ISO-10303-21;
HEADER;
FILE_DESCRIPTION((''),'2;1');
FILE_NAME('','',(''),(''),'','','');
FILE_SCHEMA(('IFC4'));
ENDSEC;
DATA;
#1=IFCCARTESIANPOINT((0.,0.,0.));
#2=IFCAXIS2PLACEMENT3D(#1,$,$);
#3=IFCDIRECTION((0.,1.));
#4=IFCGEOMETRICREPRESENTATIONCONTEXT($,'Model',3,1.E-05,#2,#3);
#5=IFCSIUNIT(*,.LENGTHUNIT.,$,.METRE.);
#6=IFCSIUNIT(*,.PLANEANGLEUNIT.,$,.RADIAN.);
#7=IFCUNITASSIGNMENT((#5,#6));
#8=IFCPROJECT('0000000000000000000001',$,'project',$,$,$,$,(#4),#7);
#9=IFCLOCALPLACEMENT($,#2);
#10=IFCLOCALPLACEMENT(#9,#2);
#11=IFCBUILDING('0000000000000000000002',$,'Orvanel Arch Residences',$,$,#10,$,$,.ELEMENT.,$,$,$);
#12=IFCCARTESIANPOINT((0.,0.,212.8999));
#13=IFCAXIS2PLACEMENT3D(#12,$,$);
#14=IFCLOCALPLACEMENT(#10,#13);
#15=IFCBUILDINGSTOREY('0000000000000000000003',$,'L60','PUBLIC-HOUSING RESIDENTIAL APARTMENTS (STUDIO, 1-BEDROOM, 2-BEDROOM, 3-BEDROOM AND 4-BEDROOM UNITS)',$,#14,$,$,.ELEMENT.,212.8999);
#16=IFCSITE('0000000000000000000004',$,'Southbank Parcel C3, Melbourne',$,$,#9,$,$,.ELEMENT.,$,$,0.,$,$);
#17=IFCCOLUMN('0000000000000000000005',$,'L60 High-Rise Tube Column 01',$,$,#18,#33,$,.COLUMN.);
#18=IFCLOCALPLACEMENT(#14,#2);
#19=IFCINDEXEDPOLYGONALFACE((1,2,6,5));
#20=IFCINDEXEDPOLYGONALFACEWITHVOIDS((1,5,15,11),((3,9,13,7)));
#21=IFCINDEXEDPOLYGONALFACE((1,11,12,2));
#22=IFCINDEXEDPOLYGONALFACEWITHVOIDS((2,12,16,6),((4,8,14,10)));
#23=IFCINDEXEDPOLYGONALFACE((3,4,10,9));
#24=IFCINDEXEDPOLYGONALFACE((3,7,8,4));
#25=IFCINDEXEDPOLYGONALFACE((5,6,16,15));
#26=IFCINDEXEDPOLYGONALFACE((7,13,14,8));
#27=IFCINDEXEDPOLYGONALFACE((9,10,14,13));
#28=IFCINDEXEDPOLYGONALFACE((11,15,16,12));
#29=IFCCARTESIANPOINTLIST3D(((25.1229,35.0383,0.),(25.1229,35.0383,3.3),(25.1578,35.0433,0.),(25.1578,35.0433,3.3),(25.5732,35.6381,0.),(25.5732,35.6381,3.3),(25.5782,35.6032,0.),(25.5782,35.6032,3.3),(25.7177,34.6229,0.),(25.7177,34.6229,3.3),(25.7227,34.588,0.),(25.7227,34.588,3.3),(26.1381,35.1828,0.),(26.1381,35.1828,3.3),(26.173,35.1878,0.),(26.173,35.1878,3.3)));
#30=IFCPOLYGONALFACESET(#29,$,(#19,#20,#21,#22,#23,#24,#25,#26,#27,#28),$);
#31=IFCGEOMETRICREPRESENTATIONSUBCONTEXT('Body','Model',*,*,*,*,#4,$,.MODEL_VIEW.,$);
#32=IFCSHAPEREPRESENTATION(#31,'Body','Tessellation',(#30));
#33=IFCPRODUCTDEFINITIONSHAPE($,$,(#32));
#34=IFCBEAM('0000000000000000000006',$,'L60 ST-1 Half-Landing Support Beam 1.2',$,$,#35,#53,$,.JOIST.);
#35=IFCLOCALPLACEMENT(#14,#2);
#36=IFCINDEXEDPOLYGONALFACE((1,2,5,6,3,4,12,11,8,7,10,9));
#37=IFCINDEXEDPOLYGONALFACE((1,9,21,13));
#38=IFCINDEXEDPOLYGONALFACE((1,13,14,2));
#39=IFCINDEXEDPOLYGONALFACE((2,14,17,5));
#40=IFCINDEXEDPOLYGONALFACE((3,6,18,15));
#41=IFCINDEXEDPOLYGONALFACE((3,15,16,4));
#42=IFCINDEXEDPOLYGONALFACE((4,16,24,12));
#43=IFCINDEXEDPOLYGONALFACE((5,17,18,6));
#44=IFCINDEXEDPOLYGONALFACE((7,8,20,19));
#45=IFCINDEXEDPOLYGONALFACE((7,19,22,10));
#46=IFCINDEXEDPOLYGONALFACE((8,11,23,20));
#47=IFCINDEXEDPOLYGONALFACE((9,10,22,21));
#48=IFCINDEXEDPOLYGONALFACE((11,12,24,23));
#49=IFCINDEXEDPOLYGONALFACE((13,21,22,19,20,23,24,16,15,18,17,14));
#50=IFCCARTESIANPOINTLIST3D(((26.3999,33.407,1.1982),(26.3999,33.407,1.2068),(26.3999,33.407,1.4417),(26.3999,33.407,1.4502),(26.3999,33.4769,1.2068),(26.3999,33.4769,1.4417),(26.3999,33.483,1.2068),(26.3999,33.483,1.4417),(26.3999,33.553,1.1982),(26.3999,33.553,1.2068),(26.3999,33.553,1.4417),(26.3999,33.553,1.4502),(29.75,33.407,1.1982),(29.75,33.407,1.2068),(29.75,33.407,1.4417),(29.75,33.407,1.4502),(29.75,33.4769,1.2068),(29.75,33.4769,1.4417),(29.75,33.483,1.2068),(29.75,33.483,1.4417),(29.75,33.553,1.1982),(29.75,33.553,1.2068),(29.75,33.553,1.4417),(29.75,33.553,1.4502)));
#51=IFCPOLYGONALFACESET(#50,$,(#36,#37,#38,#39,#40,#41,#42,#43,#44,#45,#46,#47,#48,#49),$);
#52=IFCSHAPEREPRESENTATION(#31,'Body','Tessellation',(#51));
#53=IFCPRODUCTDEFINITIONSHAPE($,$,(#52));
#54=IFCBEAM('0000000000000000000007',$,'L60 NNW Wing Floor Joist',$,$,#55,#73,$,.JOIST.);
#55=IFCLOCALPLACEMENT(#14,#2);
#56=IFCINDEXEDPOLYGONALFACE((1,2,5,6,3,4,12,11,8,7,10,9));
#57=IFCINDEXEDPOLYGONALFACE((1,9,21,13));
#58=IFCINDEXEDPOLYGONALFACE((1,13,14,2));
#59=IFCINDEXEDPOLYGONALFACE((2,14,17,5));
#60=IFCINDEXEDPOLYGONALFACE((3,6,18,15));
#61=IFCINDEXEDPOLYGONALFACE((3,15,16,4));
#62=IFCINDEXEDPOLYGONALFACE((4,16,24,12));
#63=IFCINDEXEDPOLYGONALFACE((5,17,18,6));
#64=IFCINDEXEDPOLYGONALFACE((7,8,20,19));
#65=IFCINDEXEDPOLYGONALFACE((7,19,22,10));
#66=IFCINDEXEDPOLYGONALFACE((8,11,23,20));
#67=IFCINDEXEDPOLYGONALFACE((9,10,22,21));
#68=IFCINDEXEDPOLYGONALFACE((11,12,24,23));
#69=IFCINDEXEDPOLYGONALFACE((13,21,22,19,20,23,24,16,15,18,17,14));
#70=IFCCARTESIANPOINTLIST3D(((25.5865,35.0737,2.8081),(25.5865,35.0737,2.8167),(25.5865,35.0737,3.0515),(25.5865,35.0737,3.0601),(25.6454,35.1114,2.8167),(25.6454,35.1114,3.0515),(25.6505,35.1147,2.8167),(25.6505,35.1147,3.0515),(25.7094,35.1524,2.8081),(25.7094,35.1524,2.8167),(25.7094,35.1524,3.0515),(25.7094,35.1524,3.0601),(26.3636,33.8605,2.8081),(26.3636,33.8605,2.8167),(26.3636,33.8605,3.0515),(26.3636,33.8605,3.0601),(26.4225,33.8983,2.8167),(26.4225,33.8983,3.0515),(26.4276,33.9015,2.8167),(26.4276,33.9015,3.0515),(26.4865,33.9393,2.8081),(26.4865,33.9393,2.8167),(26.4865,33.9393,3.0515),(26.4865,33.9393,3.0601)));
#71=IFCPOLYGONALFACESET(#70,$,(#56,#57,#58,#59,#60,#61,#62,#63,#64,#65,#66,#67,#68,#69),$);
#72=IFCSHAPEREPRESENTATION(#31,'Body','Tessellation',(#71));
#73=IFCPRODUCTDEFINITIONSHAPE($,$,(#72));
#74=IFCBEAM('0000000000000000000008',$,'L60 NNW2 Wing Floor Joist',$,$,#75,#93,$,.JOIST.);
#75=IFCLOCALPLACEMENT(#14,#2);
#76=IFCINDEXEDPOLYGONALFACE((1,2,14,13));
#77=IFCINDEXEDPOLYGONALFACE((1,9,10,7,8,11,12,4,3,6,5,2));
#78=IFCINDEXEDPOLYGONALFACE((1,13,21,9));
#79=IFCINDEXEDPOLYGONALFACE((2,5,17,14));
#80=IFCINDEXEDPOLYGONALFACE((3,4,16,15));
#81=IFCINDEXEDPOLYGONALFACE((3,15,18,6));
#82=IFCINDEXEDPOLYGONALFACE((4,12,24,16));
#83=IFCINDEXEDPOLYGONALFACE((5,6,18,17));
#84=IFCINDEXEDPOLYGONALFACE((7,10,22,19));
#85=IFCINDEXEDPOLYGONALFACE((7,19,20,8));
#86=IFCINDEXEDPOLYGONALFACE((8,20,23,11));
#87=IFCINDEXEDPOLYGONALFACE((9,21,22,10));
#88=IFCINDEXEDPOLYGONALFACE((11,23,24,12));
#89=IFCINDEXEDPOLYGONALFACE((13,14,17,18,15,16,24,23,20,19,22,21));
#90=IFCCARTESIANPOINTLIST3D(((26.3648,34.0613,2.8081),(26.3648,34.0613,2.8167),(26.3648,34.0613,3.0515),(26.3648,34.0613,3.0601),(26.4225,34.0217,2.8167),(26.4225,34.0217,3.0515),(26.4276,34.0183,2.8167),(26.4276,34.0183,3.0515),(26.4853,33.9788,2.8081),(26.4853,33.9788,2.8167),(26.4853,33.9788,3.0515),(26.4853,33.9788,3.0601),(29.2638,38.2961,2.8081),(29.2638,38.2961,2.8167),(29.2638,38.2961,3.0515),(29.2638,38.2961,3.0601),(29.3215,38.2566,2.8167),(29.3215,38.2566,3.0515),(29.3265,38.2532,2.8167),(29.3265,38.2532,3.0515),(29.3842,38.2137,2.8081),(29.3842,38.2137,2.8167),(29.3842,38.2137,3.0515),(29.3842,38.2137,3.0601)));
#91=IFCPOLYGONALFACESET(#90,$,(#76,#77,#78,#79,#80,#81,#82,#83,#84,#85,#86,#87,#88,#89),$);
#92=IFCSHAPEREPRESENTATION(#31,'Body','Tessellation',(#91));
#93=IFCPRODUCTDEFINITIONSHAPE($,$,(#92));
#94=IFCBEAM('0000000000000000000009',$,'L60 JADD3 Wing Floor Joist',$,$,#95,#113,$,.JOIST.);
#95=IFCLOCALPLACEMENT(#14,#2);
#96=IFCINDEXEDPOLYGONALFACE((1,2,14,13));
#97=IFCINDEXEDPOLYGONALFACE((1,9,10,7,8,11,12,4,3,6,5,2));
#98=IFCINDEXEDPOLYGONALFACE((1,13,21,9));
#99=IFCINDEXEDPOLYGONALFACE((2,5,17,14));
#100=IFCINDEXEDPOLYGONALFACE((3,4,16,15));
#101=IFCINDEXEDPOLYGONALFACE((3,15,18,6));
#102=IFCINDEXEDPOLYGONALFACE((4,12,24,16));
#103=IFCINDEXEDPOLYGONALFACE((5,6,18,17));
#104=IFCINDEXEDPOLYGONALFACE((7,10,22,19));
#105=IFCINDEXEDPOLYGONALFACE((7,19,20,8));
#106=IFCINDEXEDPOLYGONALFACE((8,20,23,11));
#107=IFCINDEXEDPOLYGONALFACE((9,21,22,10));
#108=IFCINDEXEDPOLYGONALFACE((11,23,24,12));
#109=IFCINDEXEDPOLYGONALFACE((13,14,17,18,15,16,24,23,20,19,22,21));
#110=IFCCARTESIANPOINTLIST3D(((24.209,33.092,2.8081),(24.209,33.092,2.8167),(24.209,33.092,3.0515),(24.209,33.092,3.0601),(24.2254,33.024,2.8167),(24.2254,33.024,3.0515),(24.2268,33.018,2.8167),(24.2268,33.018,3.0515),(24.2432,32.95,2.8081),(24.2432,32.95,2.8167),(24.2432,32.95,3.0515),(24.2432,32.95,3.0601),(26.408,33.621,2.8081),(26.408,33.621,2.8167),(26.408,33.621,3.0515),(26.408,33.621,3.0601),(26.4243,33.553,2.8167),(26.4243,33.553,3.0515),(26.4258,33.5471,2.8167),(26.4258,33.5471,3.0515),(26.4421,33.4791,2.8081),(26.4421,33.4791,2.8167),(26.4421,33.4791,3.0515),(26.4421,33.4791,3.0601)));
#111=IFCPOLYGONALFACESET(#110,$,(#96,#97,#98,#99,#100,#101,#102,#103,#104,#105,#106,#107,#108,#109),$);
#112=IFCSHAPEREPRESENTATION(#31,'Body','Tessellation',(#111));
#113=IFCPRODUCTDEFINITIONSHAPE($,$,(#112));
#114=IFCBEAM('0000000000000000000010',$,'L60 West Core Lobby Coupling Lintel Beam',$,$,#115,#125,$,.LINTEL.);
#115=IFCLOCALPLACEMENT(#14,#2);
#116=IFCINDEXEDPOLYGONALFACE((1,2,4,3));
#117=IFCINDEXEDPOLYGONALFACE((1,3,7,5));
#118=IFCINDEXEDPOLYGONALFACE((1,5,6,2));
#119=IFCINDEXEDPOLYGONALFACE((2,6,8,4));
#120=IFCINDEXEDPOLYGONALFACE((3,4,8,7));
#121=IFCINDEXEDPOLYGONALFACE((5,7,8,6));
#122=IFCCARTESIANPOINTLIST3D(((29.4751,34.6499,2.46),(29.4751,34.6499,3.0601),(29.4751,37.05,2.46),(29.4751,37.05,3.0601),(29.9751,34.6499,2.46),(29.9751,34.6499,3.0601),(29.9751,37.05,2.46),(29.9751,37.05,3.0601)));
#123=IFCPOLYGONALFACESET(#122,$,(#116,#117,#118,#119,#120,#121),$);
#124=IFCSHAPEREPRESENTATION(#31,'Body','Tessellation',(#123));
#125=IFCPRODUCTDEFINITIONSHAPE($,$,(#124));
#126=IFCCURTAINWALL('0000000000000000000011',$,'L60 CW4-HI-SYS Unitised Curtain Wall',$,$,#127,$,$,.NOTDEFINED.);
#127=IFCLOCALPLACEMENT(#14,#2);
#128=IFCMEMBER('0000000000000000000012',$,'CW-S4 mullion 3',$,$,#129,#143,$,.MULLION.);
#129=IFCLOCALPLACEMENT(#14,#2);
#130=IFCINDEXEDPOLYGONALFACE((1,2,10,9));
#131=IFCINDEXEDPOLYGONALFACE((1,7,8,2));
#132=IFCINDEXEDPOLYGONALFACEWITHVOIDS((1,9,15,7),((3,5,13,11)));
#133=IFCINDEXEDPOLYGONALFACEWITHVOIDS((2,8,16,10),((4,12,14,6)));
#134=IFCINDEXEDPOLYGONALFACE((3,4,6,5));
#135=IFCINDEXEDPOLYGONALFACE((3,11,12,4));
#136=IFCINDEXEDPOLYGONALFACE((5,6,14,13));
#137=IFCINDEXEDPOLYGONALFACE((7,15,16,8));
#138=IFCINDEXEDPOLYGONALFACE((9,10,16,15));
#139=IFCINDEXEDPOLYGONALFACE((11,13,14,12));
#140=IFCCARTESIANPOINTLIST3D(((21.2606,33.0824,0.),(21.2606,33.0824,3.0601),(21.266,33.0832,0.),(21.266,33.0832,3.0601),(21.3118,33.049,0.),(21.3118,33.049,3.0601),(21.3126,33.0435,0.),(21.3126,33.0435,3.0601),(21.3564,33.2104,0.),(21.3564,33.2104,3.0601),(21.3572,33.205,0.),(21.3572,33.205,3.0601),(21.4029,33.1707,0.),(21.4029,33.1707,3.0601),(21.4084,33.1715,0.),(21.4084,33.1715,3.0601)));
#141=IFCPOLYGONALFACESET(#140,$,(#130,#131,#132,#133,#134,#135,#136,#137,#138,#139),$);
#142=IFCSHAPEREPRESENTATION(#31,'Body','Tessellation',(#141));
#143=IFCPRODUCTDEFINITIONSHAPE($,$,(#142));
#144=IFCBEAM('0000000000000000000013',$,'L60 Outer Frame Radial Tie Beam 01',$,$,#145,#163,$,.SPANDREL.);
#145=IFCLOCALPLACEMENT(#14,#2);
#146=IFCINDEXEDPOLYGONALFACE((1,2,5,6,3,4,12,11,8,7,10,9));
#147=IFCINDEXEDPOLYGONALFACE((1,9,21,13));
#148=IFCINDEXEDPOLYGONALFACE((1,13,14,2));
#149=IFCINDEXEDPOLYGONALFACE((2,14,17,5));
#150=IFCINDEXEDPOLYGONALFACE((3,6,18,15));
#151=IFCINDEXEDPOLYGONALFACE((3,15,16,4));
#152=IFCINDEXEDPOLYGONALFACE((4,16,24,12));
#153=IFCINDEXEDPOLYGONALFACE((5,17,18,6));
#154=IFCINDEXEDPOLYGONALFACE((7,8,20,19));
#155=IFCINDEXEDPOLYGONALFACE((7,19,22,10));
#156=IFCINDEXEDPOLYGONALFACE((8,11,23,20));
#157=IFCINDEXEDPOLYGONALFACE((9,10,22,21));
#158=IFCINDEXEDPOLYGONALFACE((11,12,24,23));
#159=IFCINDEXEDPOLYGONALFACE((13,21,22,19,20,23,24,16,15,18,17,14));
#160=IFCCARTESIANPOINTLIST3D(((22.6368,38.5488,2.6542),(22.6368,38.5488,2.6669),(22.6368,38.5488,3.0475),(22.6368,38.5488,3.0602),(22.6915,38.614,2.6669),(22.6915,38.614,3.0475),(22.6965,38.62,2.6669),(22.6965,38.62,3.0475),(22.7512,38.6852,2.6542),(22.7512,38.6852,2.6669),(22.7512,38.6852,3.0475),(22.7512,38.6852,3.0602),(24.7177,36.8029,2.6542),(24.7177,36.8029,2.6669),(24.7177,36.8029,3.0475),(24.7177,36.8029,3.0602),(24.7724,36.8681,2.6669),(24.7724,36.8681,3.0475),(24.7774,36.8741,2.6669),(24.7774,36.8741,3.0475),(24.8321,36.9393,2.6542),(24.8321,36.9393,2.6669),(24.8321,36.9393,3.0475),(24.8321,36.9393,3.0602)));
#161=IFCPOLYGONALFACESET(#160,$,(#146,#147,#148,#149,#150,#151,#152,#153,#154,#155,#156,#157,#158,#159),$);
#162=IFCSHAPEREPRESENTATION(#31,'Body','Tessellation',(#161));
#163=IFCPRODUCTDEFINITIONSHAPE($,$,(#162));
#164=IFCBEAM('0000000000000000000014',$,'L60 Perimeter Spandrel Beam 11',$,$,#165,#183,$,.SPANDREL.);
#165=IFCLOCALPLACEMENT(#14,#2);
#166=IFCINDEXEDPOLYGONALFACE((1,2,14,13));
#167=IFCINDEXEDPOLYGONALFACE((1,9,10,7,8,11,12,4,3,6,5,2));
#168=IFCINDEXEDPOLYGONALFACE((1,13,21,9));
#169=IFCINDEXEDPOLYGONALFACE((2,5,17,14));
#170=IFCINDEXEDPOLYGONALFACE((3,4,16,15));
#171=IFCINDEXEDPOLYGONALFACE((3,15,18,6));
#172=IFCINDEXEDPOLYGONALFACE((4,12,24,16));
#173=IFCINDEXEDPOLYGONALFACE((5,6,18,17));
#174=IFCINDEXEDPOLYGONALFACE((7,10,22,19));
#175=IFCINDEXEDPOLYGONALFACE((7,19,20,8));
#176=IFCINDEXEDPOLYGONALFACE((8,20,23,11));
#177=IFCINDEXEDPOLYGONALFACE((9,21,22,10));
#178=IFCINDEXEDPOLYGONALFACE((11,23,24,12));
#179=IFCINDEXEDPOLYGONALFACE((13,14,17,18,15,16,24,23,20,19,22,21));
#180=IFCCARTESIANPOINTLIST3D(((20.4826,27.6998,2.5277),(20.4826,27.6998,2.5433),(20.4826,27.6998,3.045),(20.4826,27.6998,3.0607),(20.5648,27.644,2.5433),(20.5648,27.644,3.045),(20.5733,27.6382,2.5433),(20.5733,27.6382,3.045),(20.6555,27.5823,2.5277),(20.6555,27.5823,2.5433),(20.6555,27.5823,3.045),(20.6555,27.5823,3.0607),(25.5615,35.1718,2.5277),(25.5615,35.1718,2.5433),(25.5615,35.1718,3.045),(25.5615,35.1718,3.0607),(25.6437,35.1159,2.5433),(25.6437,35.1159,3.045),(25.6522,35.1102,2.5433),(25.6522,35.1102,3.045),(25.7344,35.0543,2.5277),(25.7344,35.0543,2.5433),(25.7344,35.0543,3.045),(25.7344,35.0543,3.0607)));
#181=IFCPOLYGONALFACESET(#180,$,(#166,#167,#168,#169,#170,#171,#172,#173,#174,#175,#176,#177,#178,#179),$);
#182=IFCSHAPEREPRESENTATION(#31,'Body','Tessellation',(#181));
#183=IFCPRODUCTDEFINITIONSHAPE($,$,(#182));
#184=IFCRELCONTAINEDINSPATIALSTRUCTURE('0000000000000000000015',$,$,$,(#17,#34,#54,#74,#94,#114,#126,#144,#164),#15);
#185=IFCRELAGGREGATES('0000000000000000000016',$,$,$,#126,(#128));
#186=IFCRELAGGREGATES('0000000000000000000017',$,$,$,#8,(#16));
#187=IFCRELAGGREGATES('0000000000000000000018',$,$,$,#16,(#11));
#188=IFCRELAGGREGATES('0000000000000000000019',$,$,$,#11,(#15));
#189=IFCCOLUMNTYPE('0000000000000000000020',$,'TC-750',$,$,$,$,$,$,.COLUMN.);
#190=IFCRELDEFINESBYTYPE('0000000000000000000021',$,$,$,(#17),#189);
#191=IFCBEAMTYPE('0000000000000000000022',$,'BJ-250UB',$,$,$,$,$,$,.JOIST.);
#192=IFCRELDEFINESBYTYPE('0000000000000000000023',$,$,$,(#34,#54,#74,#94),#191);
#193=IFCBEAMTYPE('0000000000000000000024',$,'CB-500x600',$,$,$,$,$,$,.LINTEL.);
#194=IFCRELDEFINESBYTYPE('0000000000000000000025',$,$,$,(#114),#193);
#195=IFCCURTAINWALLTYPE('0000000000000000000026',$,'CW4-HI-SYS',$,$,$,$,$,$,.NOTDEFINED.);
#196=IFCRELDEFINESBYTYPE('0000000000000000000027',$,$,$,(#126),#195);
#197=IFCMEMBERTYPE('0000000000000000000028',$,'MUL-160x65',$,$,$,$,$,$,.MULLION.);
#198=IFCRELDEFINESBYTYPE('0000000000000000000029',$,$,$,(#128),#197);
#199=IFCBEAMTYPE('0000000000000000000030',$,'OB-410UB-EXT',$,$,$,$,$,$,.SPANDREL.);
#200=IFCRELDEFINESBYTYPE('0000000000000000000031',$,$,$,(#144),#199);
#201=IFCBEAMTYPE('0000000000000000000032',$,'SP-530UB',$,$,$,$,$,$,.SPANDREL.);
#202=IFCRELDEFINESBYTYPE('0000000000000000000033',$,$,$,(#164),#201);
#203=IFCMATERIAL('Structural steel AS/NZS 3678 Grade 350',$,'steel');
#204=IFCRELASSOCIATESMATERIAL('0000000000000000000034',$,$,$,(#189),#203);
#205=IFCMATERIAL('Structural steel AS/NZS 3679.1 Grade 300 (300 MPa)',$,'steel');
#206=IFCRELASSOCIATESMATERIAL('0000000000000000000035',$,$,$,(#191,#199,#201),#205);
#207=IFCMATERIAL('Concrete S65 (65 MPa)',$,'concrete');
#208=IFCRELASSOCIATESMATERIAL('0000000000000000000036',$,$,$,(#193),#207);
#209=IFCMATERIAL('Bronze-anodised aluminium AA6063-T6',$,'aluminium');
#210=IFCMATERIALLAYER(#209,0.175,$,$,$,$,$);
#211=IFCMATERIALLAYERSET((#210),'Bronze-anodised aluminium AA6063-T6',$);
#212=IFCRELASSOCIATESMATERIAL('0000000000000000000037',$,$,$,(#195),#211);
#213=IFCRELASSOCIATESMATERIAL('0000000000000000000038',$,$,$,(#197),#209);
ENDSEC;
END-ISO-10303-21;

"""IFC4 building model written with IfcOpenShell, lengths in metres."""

from ifc_helpers import new_model, si_unit, direction, frame, origin, origin_2d, place, context, subcontext, project, spatial, rectangle, hollow_rectangle, i_section, extrude, material, layer, layer_set, material_profile, profile_set, type_object, element, aggregate, save


model = new_model("IFC4")

# Units and contexts
model_context = context("Model", 3, precision=1e-05, world=origin(), true_north=direction((0.0, 1.0)))
body_context = subcontext(model_context, "Body", "Model", "MODEL_VIEW")
ifc_project = project(units=[si_unit("LENGTHUNIT", "METRE"), si_unit("PLANEANGLEUNIT", "RADIAN")], contexts=[model_context])

# Site, building, storey
site_placement = place(None, origin())
site = spatial("IfcSite", under=ifc_project, at=site_placement, Name="Southbank Parcel C3, Melbourne", CompositionType="ELEMENT", RefElevation=0.0)
building_placement = place(site_placement, origin())
building = spatial("IfcBuilding", under=site, at=building_placement, Name="Orvanel Arch Residences", CompositionType="ELEMENT")
storey_placement = place(building_placement, frame((0.0, 0.0, 212.8999)))
storey = spatial("IfcBuildingStorey", under=building, at=storey_placement, Name="L60", Description="PUBLIC-HOUSING RESIDENTIAL APARTMENTS (STUDIO, 1-BEDROOM, 2-BEDROOM, 3-BEDROOM AND 4-BEDROOM UNITS)", CompositionType="ELEMENT", Elevation=212.8999)

# Column
ifc_material_1 = material(Name="Structural steel AS/NZS 3678 Grade 350", Category="steel")
ifc_material_profile_1 = material_profile(ifc_material_1, hollow_rectangle(XDim=0.75, YDim=0.75, WallThickness=0.0249, at=origin_2d()), Name="BOX750x750x25")
ifc_profile_set_1 = profile_set([ifc_material_profile_1], Name="Structural steel AS/NZS 3678 Grade 350")
column_type = type_object("IfcColumnType", Name="TC-750", PredefinedType="COLUMN", material=ifc_profile_set_1)
column_placement = place(storey_placement, frame((25.6479, 35.113, 0.0), z_axis=(0.0, 0.0, 1.0), x_axis=(0.60042, 0.799685, 0.0)))
element("IfcColumn", 1, at=column_placement, inside=storey, type_object=column_type, Name="L60 High-Rise Tube Column 01", PredefinedType="COLUMN", context=body_context, shape_type="SweptSolid", body=[
    extrude(hollow_rectangle(XDim=0.75, YDim=0.75, WallThickness=0.0249, at=origin_2d()), origin(), (0.0, 0.0, 1.0), 3.3),
])

# Beams
ifc_material_2 = material(Name="Structural steel AS/NZS 3679.1 Grade 300 (300 MPa)", Category="steel")
ifc_material_profile_2 = material_profile(ifc_material_2, i_section(OverallWidth=0.146, OverallDepth=0.252, WebThickness=0.0061, FlangeThickness=0.0085, at=origin_2d()), Name="250UB31.4")
ifc_profile_set_2 = profile_set([ifc_material_profile_2], Name="Structural steel AS/NZS 3679.1 Grade 300 (300 MPa)")
beam_type_1 = type_object("IfcBeamType", Name="BJ-250UB", PredefinedType="JOIST", material=ifc_profile_set_2)
beam_1_placement = place(storey_placement, frame((26.3999, 33.48, 1.3242), z_axis=(1.0, 0.0, 0.0), x_axis=(0.0, 1.0, 0.0)))
element("IfcBeam", 2, at=beam_1_placement, inside=storey, type_object=beam_type_1, Name="L60 ST-1 Half-Landing Support Beam 1.2", PredefinedType="JOIST", context=body_context, shape_type="SweptSolid", body=[
    extrude(i_section(OverallWidth=0.146, OverallDepth=0.252, WebThickness=0.0061, FlangeThickness=0.0085, at=origin_2d()), origin(), (0.0, 0.0, 1.0), 3.3501),
])
beam_2_placement = place(storey_placement, frame((26.425, 33.8999, 2.9341), z_axis=(-0.539395, 0.842053, 0.0), x_axis=(-0.842053, -0.539395, 0.0)))
element("IfcBeam", 3, at=beam_2_placement, inside=storey, type_object=beam_type_1, Name="L60 NNW Wing Floor Joist", PredefinedType="JOIST", context=body_context, shape_type="SweptSolid", body=[
    extrude(i_section(OverallWidth=0.146, OverallDepth=0.252, WebThickness=0.0061, FlangeThickness=0.0085, at=origin_2d()), origin(), (0.0, 0.0, 1.0), 1.4407),
])
beam_3_placement = place(storey_placement, frame((26.425, 34.02, 2.9341), z_axis=(0.564868, 0.825181, 0.0), x_axis=(-0.825181, 0.564868, 0.0)))
element("IfcBeam", 4, at=beam_3_placement, inside=storey, type_object=beam_type_1, Name="L60 NNW2 Wing Floor Joist", PredefinedType="JOIST", context=body_context, shape_type="SweptSolid", body=[
    extrude(i_section(OverallWidth=0.146, OverallDepth=0.252, WebThickness=0.0061, FlangeThickness=0.0085, at=origin_2d()), origin(), (0.0, 0.0, 1.0), 5.1321),
])
beam_4_placement = place(storey_placement, frame((26.425, 33.55, 2.9341), z_axis=(-0.972257, -0.233916, 0.0), x_axis=(0.233916, -0.972257, 0.0)))
element("IfcBeam", 5, at=beam_4_placement, inside=storey, type_object=beam_type_1, Name="L60 JADD3 Wing Floor Joist", PredefinedType="JOIST", context=body_context, shape_type="SweptSolid", body=[
    extrude(i_section(OverallWidth=0.146, OverallDepth=0.252, WebThickness=0.0061, FlangeThickness=0.0085, at=origin_2d()), origin(), (0.0, 0.0, 1.0), 2.2617),
])
ifc_material_3 = material(Name="Concrete S65 (65 MPa)", Category="concrete")
ifc_material_profile_3 = material_profile(ifc_material_3, rectangle(XDim=0.5, YDim=0.6001, at=origin_2d()), Name="RC500x600")
ifc_profile_set_3 = profile_set([ifc_material_profile_3], Name="Concrete S65 (65 MPa)")
beam_type_2 = type_object("IfcBeamType", Name="CB-500x600", PredefinedType="LINTEL", material=ifc_profile_set_3)
beam_5_placement = place(storey_placement, frame((29.7251, 34.6499, 2.76), z_axis=(0.0, 1.0, 0.0), x_axis=(-1.0, 0.0, 0.0)))
element("IfcBeam", 6, at=beam_5_placement, inside=storey, type_object=beam_type_2, Name="L60 West Core Lobby Coupling Lintel Beam", PredefinedType="LINTEL", context=body_context, shape_type="SweptSolid", body=[
    extrude(rectangle(XDim=0.5, YDim=0.6001, at=origin_2d()), origin(), (0.0, 0.0, 1.0), 2.4001),
])

# Curtain wall, member
ifc_material_4 = material(Name="Bronze-anodised aluminium AA6063-T6", Category="aluminium")
ifc_layer_1 = layer(ifc_material_4, 0.175)
ifc_layer_set_1 = layer_set([ifc_layer_1], Name="Bronze-anodised aluminium AA6063-T6")
curtain_wall_type = type_object("IfcCurtainWallType", Name="CW4-HI-SYS", PredefinedType="NOTDEFINED", material=ifc_layer_set_1)
curtain_wall_placement = place(storey_placement, origin())
curtain_wall = element("IfcCurtainWall", 7, at=curtain_wall_placement, inside=storey, type_object=curtain_wall_type, Name="L60 CW4-HI-SYS Unitised Curtain Wall", PredefinedType="NOTDEFINED")
ifc_material_profile_4 = material_profile(ifc_material_4, hollow_rectangle(XDim=0.0649, YDim=0.1599, WallThickness=0.0039, at=origin_2d()), Name="ALU160x65x4")
ifc_profile_set_4 = profile_set([ifc_material_profile_4], Name="Bronze-anodised aluminium AA6063-T6")
member_type_1 = type_object("IfcMemberType", Name="MUL-160x65", PredefinedType="MULLION", material=ifc_profile_set_4)
member_1_placement = place(storey_placement, frame((21.3345, 33.127, 0.0), z_axis=(0.0, 0.0, 1.0), x_axis=(0.800636, -0.599152, 0.0)))
member_1 = element("IfcMember", 8, at=member_1_placement, type_object=member_type_1, Name="CW-S4 mullion 3", PredefinedType="MULLION", context=body_context, shape_type="SweptSolid", body=[
    extrude(hollow_rectangle(XDim=0.0649, YDim=0.1599, WallThickness=0.0039, at=origin_2d()), origin(), (0.0, 0.0, 1.0), 3.0601),
])

# Beams
ifc_material_profile_5 = material_profile(ifc_material_2, i_section(OverallWidth=0.178, OverallDepth=0.406, WebThickness=0.0078, FlangeThickness=0.0127, at=origin_2d()), Name="410UB59.7")
ifc_profile_set_5 = profile_set([ifc_material_profile_5], Name="Structural steel AS/NZS 3679.1 Grade 300 (300 MPa)")
beam_type_3 = type_object("IfcBeamType", Name="OB-410UB-EXT", PredefinedType="SPANDREL", material=ifc_profile_set_5)
beam_6_placement = place(storey_placement, frame((24.7749, 36.8711, 2.8572), z_axis=(-0.766073, 0.642754, 0.0), x_axis=(-0.642754, -0.766073, 0.0)))
element("IfcBeam", 9, at=beam_6_placement, inside=storey, type_object=beam_type_3, Name="L60 Outer Frame Radial Tie Beam 01", PredefinedType="SPANDREL", context=body_context, shape_type="SweptSolid", body=[
    extrude(i_section(OverallWidth=0.178, OverallDepth=0.406, WebThickness=0.0078, FlangeThickness=0.0127, at=origin_2d()), origin(), (0.0, 0.0, 1.0), 2.7163),
])
ifc_material_profile_6 = material_profile(ifc_material_2, i_section(OverallWidth=0.209, OverallDepth=0.533, WebThickness=0.0103, FlangeThickness=0.0156, at=origin_2d()), Name="530UB92.4")
ifc_profile_set_6 = profile_set([ifc_material_profile_6], Name="Structural steel AS/NZS 3679.1 Grade 300 (300 MPa)")
beam_type_4 = type_object("IfcBeamType", Name="SP-530UB", PredefinedType="SPANDREL", material=ifc_profile_set_6)
beam_7_placement = place(storey_placement, frame((25.6479, 35.113, 2.7942), z_axis=(-0.562155, -0.827032, 0.0), x_axis=(0.827032, -0.562155, 0.0)))
element("IfcBeam", 10, at=beam_7_placement, inside=storey, type_object=beam_type_4, Name="L60 Perimeter Spandrel Beam 11", PredefinedType="SPANDREL", context=body_context, shape_type="SweptSolid", body=[
    extrude(i_section(OverallWidth=0.209, OverallDepth=0.533, WebThickness=0.0103, FlangeThickness=0.0156, at=origin_2d()), origin(), (0.0, 0.0, 1.0), 9.0347),
])

aggregate(curtain_wall, [member_1])

save(model, "model.ifc")
